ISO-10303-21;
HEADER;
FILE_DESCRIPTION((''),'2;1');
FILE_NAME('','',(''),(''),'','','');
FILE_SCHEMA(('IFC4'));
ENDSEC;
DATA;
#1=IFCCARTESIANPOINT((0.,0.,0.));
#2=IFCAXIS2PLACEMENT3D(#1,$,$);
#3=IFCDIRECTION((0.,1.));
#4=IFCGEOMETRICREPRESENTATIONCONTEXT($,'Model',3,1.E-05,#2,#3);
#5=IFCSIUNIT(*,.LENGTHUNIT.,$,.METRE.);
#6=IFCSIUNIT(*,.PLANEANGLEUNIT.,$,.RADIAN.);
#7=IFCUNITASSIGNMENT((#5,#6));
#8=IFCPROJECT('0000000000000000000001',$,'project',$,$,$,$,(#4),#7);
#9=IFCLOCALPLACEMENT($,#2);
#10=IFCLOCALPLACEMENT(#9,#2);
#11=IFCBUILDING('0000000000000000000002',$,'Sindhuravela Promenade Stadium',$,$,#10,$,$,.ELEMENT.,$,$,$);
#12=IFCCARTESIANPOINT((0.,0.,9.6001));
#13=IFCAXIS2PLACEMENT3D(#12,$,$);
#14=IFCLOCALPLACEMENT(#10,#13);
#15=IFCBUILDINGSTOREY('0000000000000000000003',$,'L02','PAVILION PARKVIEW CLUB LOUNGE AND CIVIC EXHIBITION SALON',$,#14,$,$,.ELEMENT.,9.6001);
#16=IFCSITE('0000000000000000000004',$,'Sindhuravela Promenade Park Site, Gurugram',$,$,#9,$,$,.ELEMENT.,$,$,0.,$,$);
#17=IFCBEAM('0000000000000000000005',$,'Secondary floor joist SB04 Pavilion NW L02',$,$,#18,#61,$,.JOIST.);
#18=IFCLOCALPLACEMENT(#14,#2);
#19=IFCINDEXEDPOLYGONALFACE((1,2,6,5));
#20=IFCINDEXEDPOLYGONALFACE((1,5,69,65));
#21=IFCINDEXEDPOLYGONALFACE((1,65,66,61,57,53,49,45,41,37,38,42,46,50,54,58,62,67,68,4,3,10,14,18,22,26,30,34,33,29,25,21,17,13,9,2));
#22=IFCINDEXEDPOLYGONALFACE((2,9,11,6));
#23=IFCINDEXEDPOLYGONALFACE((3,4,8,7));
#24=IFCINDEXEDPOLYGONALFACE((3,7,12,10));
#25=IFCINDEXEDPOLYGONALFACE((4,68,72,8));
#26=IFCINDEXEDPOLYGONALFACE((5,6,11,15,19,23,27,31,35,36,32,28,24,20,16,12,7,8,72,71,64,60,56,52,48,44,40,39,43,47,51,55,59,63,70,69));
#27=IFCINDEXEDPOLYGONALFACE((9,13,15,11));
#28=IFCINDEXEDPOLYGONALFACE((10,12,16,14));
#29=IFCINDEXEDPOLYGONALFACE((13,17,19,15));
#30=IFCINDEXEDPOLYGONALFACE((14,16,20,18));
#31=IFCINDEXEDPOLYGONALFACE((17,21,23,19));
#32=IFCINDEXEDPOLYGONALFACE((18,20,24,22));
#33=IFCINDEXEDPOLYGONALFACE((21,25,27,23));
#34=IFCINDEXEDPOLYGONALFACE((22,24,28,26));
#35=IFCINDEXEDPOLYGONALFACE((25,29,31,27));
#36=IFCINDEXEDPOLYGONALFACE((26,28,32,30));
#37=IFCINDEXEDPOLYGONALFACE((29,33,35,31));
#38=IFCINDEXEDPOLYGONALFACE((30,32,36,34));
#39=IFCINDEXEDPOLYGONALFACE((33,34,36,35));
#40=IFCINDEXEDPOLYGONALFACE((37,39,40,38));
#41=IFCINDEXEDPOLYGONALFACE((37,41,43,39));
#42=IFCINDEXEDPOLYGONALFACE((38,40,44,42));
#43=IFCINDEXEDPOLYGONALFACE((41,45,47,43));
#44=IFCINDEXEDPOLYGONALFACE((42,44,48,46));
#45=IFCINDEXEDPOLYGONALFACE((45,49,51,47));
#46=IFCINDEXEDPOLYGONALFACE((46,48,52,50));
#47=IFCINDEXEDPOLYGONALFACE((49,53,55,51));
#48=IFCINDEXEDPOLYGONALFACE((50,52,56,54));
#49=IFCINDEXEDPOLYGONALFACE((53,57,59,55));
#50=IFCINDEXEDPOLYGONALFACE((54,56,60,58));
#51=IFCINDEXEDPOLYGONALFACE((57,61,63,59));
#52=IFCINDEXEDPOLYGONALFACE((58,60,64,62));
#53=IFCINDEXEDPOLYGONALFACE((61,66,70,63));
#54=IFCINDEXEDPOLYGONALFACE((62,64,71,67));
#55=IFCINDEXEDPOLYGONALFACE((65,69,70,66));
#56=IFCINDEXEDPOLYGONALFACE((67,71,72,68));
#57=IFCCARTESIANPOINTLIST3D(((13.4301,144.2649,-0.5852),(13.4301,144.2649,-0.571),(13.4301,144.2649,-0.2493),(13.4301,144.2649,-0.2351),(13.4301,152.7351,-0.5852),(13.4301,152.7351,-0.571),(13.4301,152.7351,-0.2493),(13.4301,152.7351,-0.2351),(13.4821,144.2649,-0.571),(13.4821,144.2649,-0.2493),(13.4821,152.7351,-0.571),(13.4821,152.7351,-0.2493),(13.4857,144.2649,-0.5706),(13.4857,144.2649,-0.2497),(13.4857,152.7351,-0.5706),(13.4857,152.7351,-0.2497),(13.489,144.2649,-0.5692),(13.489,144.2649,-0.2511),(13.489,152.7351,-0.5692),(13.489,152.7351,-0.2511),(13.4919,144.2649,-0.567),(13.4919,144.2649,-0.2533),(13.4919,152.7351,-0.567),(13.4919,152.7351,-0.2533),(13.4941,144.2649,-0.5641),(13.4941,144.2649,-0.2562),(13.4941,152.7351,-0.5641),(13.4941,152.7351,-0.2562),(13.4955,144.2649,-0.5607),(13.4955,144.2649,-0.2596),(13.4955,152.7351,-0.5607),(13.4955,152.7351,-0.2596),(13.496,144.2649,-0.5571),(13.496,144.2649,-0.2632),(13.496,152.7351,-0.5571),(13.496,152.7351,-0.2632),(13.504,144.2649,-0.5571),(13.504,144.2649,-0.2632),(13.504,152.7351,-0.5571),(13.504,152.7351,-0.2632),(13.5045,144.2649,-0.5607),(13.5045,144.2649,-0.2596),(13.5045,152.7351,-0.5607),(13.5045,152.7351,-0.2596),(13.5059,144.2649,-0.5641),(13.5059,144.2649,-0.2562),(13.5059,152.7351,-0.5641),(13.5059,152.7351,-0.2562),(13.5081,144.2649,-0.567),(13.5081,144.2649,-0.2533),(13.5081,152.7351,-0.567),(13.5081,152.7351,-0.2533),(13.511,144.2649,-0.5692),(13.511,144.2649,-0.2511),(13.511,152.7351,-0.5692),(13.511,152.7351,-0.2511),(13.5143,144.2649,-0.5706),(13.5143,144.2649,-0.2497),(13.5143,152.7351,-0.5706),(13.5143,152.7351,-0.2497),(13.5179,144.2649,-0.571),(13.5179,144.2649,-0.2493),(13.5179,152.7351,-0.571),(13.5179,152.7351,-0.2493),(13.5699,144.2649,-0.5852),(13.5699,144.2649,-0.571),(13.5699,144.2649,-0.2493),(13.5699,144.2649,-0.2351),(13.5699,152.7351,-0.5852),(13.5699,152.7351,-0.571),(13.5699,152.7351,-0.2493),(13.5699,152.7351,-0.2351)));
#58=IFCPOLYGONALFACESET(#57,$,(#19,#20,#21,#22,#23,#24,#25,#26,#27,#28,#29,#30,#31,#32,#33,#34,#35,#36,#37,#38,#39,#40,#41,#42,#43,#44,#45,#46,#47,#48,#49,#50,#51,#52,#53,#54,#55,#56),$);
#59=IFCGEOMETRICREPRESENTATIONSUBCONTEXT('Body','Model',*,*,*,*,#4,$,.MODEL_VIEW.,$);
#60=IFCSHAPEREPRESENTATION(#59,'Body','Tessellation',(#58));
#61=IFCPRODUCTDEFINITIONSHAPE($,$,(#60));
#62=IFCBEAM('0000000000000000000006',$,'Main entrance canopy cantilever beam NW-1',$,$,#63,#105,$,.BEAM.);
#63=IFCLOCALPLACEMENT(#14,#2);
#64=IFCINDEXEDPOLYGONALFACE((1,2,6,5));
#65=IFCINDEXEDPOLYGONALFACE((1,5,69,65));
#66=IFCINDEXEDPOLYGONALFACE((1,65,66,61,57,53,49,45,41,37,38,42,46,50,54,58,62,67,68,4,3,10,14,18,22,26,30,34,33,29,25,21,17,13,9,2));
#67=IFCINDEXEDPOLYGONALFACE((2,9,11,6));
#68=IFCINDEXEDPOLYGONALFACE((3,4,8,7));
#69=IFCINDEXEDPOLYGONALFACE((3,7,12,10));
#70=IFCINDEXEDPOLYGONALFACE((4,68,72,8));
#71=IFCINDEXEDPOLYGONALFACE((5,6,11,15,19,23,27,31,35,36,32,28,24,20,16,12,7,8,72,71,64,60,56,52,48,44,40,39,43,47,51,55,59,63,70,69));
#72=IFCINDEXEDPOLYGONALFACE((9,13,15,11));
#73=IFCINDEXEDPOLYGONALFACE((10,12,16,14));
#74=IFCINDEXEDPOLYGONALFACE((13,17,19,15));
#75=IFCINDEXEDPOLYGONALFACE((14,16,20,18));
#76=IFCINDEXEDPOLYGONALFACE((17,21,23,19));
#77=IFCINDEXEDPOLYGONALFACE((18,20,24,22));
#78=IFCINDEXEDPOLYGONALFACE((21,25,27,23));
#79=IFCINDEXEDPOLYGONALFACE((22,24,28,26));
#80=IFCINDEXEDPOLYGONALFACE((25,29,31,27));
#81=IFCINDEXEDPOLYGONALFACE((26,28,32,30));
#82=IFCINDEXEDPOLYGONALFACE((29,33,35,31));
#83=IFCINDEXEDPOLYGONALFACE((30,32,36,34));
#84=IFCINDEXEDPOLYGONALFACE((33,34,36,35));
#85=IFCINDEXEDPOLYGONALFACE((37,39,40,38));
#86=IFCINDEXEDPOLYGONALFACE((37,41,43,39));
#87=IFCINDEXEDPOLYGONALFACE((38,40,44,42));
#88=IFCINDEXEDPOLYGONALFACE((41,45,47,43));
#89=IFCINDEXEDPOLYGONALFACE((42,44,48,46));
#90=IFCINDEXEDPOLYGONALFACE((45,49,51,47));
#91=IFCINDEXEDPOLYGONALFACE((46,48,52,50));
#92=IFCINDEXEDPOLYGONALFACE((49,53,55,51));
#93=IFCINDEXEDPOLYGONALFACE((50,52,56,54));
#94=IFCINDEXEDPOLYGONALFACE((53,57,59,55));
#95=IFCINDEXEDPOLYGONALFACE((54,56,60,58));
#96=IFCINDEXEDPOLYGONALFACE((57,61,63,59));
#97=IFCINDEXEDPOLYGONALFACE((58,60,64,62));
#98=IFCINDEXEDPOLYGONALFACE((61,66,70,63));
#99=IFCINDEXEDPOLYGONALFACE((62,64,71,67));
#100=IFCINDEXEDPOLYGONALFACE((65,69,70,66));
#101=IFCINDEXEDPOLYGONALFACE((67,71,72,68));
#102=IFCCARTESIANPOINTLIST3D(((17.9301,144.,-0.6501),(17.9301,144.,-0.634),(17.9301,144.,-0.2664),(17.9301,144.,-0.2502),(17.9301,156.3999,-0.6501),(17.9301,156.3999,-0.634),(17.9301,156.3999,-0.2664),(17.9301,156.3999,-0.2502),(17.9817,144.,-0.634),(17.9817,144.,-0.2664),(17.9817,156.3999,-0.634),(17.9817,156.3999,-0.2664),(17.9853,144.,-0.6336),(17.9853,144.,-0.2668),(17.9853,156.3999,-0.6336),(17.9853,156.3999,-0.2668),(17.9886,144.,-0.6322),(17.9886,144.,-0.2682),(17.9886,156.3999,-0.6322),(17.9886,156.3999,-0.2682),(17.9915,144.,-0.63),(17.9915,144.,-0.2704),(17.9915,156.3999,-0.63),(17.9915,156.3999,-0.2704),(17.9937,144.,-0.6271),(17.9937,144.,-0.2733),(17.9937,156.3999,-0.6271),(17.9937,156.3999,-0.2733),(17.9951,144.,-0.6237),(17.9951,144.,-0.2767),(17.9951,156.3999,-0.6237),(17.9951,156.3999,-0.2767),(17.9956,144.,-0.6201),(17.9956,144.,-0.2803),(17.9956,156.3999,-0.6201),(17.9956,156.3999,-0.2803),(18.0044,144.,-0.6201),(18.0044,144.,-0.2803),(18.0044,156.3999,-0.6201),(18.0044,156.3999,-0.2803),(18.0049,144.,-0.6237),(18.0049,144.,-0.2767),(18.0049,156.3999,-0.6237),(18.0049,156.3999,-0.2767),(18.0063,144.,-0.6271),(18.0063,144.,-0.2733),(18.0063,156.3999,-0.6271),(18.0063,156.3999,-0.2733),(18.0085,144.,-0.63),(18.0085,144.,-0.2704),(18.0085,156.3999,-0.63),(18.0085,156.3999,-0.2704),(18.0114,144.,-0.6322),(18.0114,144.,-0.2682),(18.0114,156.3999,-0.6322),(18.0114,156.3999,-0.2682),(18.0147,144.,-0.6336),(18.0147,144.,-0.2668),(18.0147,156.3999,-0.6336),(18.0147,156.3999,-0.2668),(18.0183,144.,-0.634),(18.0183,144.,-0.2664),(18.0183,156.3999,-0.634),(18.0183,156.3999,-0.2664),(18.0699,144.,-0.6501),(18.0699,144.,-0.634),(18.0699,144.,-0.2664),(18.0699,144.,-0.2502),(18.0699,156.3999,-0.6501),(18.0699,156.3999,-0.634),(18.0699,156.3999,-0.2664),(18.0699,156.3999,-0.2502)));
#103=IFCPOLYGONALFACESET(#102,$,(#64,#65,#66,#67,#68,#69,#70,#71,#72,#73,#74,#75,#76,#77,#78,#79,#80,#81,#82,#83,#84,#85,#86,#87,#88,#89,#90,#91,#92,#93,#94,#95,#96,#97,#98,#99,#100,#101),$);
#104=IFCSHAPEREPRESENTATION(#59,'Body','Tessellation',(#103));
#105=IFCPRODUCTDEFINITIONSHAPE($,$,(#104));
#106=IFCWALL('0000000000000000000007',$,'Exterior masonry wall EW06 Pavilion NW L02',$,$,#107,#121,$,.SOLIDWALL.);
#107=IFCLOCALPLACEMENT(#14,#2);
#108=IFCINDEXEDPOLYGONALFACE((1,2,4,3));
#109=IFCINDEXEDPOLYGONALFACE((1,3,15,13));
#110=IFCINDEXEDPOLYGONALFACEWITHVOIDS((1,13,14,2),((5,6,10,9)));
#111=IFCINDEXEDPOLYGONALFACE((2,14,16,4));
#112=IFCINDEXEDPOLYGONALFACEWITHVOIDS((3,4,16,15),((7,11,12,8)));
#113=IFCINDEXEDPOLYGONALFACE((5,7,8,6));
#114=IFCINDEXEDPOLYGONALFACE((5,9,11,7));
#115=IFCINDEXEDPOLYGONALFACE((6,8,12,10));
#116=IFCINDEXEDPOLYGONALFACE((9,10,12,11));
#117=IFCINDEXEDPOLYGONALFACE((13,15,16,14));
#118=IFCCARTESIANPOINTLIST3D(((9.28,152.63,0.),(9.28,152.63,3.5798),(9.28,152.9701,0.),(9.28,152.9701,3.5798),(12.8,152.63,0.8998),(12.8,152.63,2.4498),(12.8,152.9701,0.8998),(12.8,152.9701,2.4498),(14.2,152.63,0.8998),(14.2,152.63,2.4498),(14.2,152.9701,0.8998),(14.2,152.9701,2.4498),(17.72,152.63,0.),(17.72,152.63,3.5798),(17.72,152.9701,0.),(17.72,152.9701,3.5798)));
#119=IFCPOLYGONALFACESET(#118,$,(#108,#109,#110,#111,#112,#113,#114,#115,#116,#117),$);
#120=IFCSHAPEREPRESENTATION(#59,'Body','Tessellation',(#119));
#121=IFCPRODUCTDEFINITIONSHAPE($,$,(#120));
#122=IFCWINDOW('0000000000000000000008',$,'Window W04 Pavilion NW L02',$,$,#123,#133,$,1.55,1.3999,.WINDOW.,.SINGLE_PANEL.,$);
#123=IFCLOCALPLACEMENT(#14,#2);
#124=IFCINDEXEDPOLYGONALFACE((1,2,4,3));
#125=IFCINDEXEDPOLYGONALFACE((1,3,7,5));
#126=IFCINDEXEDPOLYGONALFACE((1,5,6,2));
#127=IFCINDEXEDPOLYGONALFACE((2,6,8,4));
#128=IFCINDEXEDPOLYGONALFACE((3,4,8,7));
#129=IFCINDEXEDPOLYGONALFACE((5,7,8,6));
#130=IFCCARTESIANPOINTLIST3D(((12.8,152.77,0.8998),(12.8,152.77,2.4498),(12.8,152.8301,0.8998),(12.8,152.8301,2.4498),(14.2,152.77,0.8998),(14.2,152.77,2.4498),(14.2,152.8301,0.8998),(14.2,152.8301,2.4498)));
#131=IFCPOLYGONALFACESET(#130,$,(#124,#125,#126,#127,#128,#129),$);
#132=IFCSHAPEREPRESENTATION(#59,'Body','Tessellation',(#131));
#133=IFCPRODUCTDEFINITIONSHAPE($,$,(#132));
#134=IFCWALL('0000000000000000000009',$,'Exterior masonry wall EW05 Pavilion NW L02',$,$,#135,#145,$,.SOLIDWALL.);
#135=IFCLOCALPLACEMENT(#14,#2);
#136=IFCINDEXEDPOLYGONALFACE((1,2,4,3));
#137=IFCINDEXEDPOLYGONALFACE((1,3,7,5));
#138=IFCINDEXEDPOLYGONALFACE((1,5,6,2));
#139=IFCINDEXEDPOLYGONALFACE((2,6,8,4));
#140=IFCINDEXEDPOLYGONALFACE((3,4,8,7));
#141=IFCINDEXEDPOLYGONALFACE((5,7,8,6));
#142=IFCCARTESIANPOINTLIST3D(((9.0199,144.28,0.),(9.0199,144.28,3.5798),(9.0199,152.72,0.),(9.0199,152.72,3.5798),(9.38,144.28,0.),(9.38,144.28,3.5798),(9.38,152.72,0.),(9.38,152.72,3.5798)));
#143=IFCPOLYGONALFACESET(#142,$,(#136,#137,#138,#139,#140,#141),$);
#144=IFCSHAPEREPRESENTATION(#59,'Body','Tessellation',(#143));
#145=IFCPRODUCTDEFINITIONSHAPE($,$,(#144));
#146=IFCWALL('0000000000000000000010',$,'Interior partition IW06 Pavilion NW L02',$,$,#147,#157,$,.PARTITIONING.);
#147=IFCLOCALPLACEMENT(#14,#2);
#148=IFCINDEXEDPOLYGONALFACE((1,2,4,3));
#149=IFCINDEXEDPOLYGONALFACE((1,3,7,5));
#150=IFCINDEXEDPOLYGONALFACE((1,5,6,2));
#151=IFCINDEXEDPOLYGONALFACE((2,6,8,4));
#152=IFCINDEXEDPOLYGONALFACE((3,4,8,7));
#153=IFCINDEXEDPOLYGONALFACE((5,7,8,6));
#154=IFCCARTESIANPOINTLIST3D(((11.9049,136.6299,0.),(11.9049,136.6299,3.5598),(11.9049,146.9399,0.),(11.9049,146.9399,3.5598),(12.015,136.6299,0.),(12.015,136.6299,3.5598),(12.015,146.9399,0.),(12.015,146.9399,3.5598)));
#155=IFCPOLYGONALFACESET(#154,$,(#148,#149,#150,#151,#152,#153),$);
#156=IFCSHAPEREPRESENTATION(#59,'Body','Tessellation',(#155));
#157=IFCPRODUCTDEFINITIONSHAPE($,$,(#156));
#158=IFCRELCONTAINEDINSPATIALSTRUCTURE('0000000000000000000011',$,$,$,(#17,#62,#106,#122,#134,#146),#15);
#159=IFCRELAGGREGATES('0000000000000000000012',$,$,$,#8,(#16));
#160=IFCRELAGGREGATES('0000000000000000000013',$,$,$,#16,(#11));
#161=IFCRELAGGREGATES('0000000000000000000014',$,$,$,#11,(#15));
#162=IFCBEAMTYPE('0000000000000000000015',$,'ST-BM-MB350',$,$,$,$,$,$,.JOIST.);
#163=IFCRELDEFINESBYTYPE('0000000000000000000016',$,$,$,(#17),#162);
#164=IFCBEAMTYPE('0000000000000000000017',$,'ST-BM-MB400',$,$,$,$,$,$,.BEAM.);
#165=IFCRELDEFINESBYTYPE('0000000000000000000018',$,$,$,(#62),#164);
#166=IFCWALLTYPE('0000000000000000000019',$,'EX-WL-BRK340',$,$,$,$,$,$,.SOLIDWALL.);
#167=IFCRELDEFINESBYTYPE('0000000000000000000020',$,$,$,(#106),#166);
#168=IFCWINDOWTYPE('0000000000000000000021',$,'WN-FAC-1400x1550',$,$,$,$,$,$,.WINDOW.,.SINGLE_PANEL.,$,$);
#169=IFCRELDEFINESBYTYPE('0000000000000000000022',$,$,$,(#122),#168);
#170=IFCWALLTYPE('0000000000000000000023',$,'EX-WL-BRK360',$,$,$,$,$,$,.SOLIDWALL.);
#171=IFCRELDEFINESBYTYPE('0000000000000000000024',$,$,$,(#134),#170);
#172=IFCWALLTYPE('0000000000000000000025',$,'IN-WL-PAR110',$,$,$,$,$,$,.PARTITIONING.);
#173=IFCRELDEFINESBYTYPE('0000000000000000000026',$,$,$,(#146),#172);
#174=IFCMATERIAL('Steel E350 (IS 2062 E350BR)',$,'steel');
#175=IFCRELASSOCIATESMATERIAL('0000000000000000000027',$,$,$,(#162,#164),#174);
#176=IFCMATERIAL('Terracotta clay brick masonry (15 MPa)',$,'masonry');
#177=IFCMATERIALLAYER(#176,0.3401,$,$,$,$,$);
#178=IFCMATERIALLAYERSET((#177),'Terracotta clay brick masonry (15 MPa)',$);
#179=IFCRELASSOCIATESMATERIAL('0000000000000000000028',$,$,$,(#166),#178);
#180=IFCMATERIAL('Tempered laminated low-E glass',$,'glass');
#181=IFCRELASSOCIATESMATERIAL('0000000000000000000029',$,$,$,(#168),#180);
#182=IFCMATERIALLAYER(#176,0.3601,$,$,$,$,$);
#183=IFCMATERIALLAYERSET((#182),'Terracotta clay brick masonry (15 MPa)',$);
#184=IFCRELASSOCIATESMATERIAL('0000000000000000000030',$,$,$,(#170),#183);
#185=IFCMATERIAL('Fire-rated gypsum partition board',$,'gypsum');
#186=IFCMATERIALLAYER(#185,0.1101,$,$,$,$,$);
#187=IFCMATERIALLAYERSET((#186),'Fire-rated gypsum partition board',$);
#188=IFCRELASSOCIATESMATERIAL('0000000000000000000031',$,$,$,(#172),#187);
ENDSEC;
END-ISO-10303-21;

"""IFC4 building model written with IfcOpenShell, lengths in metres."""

from ifc_helpers import new_model, si_unit, direction, frame, frame_2d, origin, origin_2d, place, context, subcontext, project, spatial, rectangle, i_section, extrude, material, layer, layer_set, material_profile, profile_set, type_object, element, fill, save


model = new_model("IFC4")

# Units and contexts
model_context = context("Model", 3, precision=1e-05, world=origin(), true_north=direction((0.0, 1.0)))
body_context = subcontext(model_context, "Body", "Model", "MODEL_VIEW")
ifc_project = project(units=[si_unit("LENGTHUNIT", "METRE"), si_unit("PLANEANGLEUNIT", "RADIAN")], contexts=[model_context])

# Site, building, storey
site_placement = place(None, origin())
site = spatial("IfcSite", under=ifc_project, at=site_placement, Name="Sindhuravela Promenade Park Site, Gurugram", CompositionType="ELEMENT", RefElevation=0.0)
building_placement = place(site_placement, origin())
building = spatial("IfcBuilding", under=site, at=building_placement, Name="Sindhuravela Promenade Stadium", CompositionType="ELEMENT")
storey_placement = place(building_placement, frame((0.0, 0.0, 9.6001)))
storey = spatial("IfcBuildingStorey", under=building, at=storey_placement, Name="L02", Description="PAVILION PARKVIEW CLUB LOUNGE AND CIVIC EXHIBITION SALON", CompositionType="ELEMENT", Elevation=9.6001)

# Beams
ifc_material_1 = material(Name="Steel E350 (IS 2062 E350BR)", Category="steel")
ifc_material_profile_1 = material_profile(ifc_material_1, i_section(OverallWidth=0.1399, OverallDepth=0.3501, WebThickness=0.0081, FlangeThickness=0.0142, FilletRadius=0.0139, at=origin_2d()), Name="ISMB 350")
ifc_profile_set_1 = profile_set([ifc_material_profile_1], Name="Steel E350 (IS 2062 E350BR)")
beam_type_1 = type_object("IfcBeamType", Name="ST-BM-MB350", PredefinedType="JOIST", material=ifc_profile_set_1)
beam_1_placement = place(storey_placement, frame((13.5, 144.2649, -0.4102), z_axis=(0.0, 1.0, 0.0), x_axis=(-1.0, 0.0, 0.0)))
element("IfcBeam", 1, at=beam_1_placement, inside=storey, type_object=beam_type_1, Name="Secondary floor joist SB04 Pavilion NW L02", PredefinedType="JOIST", context=body_context, shape_type="SweptSolid", body=[
    extrude(i_section(OverallWidth=0.1399, OverallDepth=0.3501, WebThickness=0.0081, FlangeThickness=0.0142, FilletRadius=0.0139, at=origin_2d()), origin(), (0.0, 0.0, 1.0), 8.4702),
])
ifc_material_profile_2 = material_profile(ifc_material_1, i_section(OverallWidth=0.1399, OverallDepth=0.3999, WebThickness=0.0088, FlangeThickness=0.0161, FilletRadius=0.0139, at=origin_2d()), Name="ISMB 400")
ifc_profile_set_2 = profile_set([ifc_material_profile_2], Name="Steel E350 (IS 2062 E350BR)")
beam_type_2 = type_object("IfcBeamType", Name="ST-BM-MB400", PredefinedType="BEAM", material=ifc_profile_set_2)
beam_2_placement = place(storey_placement, frame((18.0, 144.0, -0.4502), z_axis=(0.0, 1.0, 0.0), x_axis=(-1.0, 0.0, 0.0)))
element("IfcBeam", 2, at=beam_2_placement, inside=storey, type_object=beam_type_2, Name="Main entrance canopy cantilever beam NW-1", PredefinedType="BEAM", context=body_context, shape_type="SweptSolid", body=[
    extrude(i_section(OverallWidth=0.1399, OverallDepth=0.3999, WebThickness=0.0088, FlangeThickness=0.0161, FilletRadius=0.0139, at=origin_2d()), origin(), (0.0, 0.0, 1.0), 12.3999),
])

# Wall, opening, window
ifc_material_2 = material(Name="Terracotta clay brick masonry (15 MPa)", Category="masonry")
ifc_layer_1 = layer(ifc_material_2, 0.3401)
ifc_layer_set_1 = layer_set([ifc_layer_1], Name="Terracotta clay brick masonry (15 MPa)")
wall_type_1 = type_object("IfcWallType", Name="EX-WL-BRK340", PredefinedType="SOLIDWALL", material=ifc_layer_set_1)
wall_1_placement = place(storey_placement, frame((9.28, 152.8, 0.0), z_axis=(0.0, 0.0, 1.0), x_axis=(1.0, 0.0, 0.0)))
wall_1 = element("IfcWall", 3, at=wall_1_placement, inside=storey, type_object=wall_type_1, Name="Exterior masonry wall EW06 Pavilion NW L02", PredefinedType="SOLIDWALL", context=body_context, shape_type="SweptSolid", body=[
    extrude(rectangle(XDim=8.4399, YDim=0.3401, at=frame_2d((4.22, 0.0))), origin(), (0.0, 0.0, 1.0), 3.5798),
])
opening_1_placement = place(wall_1_placement, frame((3.52, 0.0, 0.8999)))
opening_1 = element("IfcOpeningElement", 4, at=opening_1_placement, cuts=wall_1, PredefinedType="OPENING", context=body_context, shape_type="SweptSolid", body=[
    extrude(rectangle(XDim=1.3999, YDim=1.55, at=frame_2d((0.7, 0.7749))), frame((0.0, 0.1799, 0.0), z_axis=(0.0, -1.0, 0.0), x_axis=(1.0, 0.0, 0.0)), (0.0, 0.0, 1.0), 0.3601),
])
ifc_material_3 = material(Name="Tempered laminated low-E glass", Category="glass")
window_type = type_object("IfcWindowType", Name="WN-FAC-1400x1550", PartitioningType="SINGLE_PANEL", PredefinedType="WINDOW", material=ifc_material_3)
window_placement = place(opening_1_placement, origin())
window = element("IfcWindow", 5, at=window_placement, inside=storey, type_object=window_type, Name="Window W04 Pavilion NW L02", OverallHeight=1.55, OverallWidth=1.3999, PartitioningType="SINGLE_PANEL", PredefinedType="WINDOW", context=body_context, shape_type="SweptSolid", body=[
    extrude(rectangle(XDim=1.3999, YDim=1.55, at=frame_2d((0.7, 0.7749))), frame((0.0, 0.03, 0.0), z_axis=(0.0, -1.0, 0.0), x_axis=(1.0, 0.0, 0.0)), (0.0, 0.0, 1.0), 0.0601),
])
fill(opening_1, window)

# Walls
ifc_layer_2 = layer(ifc_material_2, 0.3601)
ifc_layer_set_2 = layer_set([ifc_layer_2], Name="Terracotta clay brick masonry (15 MPa)")
wall_type_2 = type_object("IfcWallType", Name="EX-WL-BRK360", PredefinedType="SOLIDWALL", material=ifc_layer_set_2)
wall_2_placement = place(storey_placement, frame((9.2, 144.28, 0.0), z_axis=(0.0, 0.0, 1.0), x_axis=(0.0, 1.0, 0.0)))
element("IfcWall", 6, at=wall_2_placement, inside=storey, type_object=wall_type_2, Name="Exterior masonry wall EW05 Pavilion NW L02", PredefinedType="SOLIDWALL", context=body_context, shape_type="SweptSolid", body=[
    extrude(rectangle(XDim=8.4399, YDim=0.3601, at=frame_2d((4.22, 0.0))), origin(), (0.0, 0.0, 1.0), 3.5798),
])
ifc_material_4 = material(Name="Fire-rated gypsum partition board", Category="gypsum")
ifc_layer_3 = layer(ifc_material_4, 0.1101)
ifc_layer_set_3 = layer_set([ifc_layer_3], Name="Fire-rated gypsum partition board")
wall_type_3 = type_object("IfcWallType", Name="IN-WL-PAR110", PredefinedType="PARTITIONING", material=ifc_layer_set_3)
wall_3_placement = place(storey_placement, frame((11.96, 146.9399, 0.0), z_axis=(0.0, 0.0, 1.0), x_axis=(0.0, -1.0, 0.0)))
element("IfcWall", 7, at=wall_3_placement, inside=storey, type_object=wall_type_3, Name="Interior partition IW06 Pavilion NW L02", PredefinedType="PARTITIONING", context=body_context, shape_type="SweptSolid", body=[
    extrude(rectangle(XDim=10.3101, YDim=0.1101, at=frame_2d((5.155, 0.0))), origin(), (0.0, 0.0, 1.0), 3.5598),
])

save(model, "model.ifc")
